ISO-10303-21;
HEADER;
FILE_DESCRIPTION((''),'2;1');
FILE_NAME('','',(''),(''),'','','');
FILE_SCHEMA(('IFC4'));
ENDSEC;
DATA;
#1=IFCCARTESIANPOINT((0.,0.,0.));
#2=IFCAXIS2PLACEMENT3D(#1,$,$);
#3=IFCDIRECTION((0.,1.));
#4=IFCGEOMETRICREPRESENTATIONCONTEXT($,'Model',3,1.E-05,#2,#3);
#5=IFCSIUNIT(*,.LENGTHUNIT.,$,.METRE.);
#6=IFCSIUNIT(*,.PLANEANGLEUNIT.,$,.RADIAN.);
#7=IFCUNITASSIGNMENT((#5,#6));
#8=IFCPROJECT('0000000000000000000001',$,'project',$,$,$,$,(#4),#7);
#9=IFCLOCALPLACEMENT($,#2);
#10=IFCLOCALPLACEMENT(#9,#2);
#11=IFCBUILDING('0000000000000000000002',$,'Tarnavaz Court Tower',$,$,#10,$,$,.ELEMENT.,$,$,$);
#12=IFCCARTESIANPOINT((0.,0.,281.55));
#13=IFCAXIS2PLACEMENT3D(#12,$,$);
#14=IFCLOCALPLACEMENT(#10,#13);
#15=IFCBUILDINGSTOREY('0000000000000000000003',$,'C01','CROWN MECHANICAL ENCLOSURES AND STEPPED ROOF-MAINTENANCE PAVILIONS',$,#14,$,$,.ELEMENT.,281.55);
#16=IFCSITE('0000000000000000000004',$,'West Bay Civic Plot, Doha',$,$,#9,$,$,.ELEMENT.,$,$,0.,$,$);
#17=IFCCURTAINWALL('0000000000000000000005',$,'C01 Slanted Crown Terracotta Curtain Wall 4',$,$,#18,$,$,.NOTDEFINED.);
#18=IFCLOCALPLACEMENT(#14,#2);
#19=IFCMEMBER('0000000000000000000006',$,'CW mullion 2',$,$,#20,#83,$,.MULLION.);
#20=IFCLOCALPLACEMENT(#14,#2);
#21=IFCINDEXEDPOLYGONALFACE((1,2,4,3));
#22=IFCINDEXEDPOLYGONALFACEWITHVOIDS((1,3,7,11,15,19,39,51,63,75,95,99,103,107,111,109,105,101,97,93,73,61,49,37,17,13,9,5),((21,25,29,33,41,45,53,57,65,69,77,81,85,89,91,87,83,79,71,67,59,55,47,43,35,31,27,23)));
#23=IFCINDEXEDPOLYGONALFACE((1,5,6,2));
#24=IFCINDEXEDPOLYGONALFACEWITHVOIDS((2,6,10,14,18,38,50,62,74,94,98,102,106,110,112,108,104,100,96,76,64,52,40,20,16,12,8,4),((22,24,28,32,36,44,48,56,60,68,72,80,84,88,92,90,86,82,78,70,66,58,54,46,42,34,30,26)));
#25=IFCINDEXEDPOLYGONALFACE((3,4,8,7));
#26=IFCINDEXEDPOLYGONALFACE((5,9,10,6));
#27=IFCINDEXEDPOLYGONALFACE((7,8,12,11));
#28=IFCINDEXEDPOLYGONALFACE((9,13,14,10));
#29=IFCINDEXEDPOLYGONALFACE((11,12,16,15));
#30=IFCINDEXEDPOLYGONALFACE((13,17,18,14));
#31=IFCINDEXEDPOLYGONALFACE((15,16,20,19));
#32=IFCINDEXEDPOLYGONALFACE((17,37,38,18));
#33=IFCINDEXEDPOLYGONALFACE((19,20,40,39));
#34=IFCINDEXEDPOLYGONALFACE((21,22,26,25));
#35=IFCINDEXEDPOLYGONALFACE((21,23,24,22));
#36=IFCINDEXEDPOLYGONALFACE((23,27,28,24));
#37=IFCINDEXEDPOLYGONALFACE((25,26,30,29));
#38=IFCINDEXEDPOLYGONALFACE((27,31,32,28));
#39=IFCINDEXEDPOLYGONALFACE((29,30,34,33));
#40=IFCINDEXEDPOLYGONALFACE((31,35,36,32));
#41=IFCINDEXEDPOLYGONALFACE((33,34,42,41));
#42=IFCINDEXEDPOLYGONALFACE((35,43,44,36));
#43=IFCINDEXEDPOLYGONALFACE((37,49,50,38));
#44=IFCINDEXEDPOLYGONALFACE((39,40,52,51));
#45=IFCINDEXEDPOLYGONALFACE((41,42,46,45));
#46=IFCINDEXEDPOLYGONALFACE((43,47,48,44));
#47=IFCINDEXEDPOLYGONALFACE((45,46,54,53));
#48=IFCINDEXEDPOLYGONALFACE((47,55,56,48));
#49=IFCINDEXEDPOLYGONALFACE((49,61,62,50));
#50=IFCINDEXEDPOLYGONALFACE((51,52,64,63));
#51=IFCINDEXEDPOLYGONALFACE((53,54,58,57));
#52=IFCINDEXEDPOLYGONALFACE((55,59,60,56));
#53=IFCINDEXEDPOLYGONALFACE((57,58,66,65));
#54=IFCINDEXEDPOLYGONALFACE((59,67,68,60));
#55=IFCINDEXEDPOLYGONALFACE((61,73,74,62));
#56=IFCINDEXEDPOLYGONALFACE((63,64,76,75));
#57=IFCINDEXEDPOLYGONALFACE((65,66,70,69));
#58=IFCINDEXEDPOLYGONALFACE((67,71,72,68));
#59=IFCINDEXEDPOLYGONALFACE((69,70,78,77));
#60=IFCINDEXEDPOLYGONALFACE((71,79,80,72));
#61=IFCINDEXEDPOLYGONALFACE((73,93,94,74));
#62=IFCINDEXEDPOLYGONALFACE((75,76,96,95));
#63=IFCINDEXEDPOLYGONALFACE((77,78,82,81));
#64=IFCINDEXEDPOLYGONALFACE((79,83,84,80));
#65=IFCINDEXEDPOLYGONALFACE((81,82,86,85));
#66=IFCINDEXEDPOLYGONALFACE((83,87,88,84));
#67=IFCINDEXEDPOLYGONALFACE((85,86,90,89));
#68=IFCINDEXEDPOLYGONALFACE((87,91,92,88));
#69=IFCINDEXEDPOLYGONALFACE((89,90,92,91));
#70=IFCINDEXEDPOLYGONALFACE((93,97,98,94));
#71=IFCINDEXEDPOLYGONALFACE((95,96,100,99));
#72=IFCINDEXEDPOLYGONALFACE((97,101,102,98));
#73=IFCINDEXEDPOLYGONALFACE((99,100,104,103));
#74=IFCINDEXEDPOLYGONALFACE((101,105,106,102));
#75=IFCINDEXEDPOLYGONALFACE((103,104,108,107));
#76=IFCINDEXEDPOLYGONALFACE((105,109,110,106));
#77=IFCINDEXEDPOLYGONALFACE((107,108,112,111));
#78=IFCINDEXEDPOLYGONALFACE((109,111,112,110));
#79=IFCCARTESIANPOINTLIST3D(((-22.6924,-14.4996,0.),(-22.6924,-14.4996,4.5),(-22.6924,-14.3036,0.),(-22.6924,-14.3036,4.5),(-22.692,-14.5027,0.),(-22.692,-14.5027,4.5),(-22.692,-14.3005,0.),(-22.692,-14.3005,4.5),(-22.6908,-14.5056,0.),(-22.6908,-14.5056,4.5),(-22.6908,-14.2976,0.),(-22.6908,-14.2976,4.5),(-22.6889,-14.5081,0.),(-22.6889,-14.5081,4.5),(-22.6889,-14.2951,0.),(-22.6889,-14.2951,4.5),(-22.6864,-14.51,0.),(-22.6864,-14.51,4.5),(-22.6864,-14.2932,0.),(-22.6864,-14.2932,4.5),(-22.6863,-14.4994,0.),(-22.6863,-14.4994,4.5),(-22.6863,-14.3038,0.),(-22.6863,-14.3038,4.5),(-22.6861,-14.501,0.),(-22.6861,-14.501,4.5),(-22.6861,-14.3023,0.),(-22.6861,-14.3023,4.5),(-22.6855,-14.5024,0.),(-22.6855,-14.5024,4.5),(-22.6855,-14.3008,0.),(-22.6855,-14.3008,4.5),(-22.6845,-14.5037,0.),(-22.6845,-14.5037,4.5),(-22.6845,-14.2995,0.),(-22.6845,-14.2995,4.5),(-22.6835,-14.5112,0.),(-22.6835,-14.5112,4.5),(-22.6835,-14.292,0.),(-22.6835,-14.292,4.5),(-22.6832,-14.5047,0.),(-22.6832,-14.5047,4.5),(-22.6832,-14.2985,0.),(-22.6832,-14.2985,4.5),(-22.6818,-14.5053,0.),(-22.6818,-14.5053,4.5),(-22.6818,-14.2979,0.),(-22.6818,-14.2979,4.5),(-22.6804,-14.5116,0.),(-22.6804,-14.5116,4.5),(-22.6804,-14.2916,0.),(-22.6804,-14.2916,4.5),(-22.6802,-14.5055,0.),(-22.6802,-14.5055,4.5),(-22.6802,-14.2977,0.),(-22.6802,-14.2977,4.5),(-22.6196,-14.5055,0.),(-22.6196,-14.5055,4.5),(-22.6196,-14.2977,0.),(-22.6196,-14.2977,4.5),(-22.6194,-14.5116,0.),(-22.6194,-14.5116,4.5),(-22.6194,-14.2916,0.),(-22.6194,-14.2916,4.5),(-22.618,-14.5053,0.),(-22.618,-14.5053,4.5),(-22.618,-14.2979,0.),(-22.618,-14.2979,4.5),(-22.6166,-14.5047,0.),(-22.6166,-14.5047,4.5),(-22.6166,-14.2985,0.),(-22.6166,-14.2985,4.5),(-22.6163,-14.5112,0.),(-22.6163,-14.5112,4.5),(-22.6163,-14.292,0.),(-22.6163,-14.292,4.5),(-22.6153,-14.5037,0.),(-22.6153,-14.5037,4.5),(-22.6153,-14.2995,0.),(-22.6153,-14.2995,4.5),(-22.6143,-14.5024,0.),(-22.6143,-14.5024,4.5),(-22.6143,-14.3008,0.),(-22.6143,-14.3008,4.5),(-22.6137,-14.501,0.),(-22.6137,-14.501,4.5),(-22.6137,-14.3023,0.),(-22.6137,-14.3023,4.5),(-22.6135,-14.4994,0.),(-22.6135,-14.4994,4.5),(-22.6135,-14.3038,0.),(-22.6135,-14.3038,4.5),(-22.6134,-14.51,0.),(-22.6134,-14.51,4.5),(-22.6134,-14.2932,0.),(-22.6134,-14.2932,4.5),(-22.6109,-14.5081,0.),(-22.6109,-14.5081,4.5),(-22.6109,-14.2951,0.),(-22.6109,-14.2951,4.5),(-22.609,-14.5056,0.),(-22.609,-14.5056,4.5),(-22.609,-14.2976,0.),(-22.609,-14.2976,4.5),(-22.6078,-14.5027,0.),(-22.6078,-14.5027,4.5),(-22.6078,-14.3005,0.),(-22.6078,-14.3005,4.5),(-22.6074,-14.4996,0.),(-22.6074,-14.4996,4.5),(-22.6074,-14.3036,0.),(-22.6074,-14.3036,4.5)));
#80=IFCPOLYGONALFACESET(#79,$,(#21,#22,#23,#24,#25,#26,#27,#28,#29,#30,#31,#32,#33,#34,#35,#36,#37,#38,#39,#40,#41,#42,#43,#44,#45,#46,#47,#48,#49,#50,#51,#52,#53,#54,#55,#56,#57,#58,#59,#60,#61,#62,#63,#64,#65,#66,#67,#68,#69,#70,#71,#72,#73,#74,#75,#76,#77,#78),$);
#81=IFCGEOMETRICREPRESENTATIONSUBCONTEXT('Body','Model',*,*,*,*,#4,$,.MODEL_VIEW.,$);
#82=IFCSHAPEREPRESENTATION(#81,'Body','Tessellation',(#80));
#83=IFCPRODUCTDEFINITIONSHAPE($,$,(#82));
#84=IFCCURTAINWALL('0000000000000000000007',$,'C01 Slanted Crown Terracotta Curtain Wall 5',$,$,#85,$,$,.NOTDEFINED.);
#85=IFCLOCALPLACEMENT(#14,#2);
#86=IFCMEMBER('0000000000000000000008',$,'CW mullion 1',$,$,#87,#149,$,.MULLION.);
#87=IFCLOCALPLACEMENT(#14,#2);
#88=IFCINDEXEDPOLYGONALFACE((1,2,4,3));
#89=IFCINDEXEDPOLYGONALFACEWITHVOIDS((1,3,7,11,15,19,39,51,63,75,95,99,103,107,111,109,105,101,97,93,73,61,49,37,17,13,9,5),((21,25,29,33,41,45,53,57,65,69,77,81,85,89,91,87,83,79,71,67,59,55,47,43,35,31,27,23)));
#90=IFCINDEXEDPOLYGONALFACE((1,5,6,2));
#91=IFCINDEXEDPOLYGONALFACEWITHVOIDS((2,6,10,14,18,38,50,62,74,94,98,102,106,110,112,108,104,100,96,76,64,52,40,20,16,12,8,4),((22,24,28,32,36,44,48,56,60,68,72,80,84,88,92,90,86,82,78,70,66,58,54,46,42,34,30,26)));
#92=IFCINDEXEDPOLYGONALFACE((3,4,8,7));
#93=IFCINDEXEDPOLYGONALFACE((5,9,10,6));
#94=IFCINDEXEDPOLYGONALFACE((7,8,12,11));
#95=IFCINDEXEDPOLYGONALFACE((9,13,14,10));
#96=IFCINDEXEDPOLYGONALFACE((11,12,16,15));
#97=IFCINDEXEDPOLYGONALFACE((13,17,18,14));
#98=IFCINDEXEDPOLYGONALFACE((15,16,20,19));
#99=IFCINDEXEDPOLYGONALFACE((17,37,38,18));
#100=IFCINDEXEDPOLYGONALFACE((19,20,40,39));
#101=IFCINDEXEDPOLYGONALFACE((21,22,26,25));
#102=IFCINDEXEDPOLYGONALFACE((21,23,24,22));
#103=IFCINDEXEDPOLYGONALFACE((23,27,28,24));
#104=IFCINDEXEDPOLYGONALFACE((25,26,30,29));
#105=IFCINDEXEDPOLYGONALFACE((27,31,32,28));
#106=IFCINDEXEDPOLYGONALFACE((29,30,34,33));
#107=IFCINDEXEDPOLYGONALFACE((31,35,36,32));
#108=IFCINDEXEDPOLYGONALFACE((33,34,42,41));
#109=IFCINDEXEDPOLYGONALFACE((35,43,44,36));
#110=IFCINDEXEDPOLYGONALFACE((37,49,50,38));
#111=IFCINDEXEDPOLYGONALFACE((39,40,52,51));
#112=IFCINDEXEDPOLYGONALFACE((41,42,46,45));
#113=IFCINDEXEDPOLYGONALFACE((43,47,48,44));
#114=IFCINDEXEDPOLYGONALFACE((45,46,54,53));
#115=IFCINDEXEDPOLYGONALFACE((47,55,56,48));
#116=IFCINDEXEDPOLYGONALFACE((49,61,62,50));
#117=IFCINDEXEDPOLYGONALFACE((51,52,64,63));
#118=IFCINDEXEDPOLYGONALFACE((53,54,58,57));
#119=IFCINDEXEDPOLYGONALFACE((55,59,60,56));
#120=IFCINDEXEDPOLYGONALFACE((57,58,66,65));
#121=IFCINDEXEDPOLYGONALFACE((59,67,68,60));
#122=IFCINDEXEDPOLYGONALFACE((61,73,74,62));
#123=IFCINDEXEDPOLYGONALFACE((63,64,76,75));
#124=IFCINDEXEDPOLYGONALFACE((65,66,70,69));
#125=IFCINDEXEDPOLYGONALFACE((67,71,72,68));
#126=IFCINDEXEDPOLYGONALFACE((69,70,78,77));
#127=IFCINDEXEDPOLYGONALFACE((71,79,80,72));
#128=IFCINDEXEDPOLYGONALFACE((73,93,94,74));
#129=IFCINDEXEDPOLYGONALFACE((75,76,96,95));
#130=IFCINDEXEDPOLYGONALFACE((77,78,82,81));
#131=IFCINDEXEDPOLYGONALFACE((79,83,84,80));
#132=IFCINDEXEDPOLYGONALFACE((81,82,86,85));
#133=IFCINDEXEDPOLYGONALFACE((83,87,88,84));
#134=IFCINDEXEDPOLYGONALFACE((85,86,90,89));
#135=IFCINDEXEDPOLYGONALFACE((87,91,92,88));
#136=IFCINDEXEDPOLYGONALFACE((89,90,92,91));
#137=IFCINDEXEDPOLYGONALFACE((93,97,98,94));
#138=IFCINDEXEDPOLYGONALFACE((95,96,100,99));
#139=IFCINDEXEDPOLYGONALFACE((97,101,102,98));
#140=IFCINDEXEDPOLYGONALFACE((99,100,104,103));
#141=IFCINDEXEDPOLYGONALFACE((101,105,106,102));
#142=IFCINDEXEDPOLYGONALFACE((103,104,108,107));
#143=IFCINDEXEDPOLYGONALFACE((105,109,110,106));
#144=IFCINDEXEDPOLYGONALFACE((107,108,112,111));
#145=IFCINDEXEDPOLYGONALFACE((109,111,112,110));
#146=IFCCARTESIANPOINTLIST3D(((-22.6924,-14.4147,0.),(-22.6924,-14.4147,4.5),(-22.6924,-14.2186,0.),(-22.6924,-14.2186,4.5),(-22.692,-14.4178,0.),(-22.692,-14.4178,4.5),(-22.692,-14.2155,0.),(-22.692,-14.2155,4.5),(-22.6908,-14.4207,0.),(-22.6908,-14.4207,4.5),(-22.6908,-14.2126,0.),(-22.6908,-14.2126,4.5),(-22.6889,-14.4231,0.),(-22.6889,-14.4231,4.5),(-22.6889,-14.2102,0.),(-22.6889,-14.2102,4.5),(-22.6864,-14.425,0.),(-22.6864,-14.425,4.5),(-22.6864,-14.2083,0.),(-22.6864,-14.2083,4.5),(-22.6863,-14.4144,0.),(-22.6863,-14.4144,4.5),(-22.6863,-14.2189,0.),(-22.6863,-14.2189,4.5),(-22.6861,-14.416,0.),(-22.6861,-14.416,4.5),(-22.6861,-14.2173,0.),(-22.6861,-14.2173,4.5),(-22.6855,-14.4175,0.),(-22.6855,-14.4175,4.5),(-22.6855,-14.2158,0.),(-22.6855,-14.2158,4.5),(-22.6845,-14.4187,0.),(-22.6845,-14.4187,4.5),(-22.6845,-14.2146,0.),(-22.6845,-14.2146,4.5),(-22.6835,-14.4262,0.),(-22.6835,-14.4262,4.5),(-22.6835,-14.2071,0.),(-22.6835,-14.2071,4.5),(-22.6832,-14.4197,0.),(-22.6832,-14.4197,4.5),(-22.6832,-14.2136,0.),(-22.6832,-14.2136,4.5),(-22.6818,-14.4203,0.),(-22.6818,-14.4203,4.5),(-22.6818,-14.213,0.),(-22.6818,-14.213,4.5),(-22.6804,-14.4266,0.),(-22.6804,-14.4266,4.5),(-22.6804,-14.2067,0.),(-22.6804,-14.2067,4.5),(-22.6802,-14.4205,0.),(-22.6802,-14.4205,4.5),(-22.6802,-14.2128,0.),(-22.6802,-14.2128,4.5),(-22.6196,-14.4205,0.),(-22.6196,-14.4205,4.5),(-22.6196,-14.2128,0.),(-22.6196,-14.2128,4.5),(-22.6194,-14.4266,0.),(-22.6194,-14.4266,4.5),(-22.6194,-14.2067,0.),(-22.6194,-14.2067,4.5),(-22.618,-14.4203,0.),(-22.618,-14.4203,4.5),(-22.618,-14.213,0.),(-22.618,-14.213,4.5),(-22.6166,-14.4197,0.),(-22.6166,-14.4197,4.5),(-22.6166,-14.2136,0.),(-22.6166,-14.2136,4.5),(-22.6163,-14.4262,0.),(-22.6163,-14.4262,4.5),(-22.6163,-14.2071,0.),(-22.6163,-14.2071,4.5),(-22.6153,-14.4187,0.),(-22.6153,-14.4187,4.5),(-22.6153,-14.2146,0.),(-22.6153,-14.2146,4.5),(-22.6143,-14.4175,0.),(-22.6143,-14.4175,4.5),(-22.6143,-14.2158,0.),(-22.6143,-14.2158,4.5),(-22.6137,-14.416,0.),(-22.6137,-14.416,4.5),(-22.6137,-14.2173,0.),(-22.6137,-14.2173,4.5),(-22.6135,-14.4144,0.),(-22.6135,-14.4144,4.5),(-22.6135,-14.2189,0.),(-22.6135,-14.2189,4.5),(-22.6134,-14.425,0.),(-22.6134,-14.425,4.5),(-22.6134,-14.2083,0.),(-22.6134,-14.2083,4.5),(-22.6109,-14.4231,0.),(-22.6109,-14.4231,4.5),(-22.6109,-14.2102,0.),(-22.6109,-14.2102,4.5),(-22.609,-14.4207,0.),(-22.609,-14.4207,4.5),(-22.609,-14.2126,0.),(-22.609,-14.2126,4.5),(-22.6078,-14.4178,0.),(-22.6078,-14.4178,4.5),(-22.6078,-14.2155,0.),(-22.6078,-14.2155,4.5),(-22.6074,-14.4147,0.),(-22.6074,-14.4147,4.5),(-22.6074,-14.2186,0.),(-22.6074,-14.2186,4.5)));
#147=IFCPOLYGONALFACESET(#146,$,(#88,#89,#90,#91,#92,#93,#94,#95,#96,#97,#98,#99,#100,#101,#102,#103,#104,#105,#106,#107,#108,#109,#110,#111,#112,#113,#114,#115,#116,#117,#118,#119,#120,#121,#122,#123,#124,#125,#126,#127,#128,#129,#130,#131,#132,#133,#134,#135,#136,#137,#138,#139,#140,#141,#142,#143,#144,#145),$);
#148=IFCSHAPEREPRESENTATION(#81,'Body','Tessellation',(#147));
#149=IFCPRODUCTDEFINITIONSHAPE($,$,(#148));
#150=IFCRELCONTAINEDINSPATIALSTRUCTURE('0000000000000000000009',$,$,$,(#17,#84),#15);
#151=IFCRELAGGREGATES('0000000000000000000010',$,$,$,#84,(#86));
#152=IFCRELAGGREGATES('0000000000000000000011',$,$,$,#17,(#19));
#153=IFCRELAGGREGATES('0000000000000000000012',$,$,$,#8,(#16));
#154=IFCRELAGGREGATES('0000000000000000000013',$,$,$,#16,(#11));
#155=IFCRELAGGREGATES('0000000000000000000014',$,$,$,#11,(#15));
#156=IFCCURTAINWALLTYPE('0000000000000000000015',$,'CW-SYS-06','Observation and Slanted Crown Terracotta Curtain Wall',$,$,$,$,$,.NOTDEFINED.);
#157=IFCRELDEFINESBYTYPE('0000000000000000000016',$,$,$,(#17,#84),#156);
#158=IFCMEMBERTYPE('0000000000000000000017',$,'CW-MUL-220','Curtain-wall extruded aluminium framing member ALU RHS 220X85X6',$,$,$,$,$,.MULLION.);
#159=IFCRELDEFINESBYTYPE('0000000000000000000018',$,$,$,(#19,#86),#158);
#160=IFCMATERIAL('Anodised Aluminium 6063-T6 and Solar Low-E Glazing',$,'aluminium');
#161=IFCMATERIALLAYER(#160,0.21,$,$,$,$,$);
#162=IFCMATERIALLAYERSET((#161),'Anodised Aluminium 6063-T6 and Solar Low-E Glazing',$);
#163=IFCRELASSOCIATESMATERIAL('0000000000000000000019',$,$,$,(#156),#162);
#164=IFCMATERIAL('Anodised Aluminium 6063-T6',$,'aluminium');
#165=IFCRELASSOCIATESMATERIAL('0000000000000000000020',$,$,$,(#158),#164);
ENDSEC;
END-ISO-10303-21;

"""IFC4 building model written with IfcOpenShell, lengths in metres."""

from ifc_helpers import new_model, si_unit, direction, frame, origin, origin_2d, place, context, subcontext, project, spatial, hollow_rectangle, extrude, material, layer, layer_set, material_profile, profile_set, type_object, element, aggregate, save


model = new_model("IFC4")

# Units and contexts
model_context = context("Model", 3, precision=1e-05, world=origin(), true_north=direction((0.0, 1.0)))
body_context = subcontext(model_context, "Body", "Model", "MODEL_VIEW")
ifc_project = project(units=[si_unit("LENGTHUNIT", "METRE"), si_unit("PLANEANGLEUNIT", "RADIAN")], contexts=[model_context])

# Site, building, storey
site_placement = place(None, origin())
site = spatial("IfcSite", under=ifc_project, at=site_placement, Name="West Bay Civic Plot, Doha", CompositionType="ELEMENT", RefElevation=0.0)
building_placement = place(site_placement, origin())
building = spatial("IfcBuilding", under=site, at=building_placement, Name="Tarnavaz Court Tower", CompositionType="ELEMENT")
storey_placement = place(building_placement, frame((0.0, 0.0, 281.55)))
storey = spatial("IfcBuildingStorey", under=building, at=storey_placement, Name="C01", Description="CROWN MECHANICAL ENCLOSURES AND STEPPED ROOF-MAINTENANCE PAVILIONS", CompositionType="ELEMENT", Elevation=281.55)

# Curtain wall, member
ifc_material_1 = material(Name="Anodised Aluminium 6063-T6 and Solar Low-E Glazing", Category="aluminium")
ifc_layer_1 = layer(ifc_material_1, 0.21)
ifc_layer_set_1 = layer_set([ifc_layer_1], Name="Anodised Aluminium 6063-T6 and Solar Low-E Glazing")
curtain_wall_type = type_object("IfcCurtainWallType", Name="CW-SYS-06", Description="Observation and Slanted Crown Terracotta Curtain Wall", PredefinedType="NOTDEFINED", material=ifc_layer_set_1)
ifc_material_2 = material(Name="Anodised Aluminium 6063-T6", Category="aluminium")
ifc_material_profile_1 = material_profile(ifc_material_2, hollow_rectangle(XDim=0.085, YDim=0.22, WallThickness=0.0061, InnerFilletRadius=0.0061, OuterFilletRadius=0.012, at=origin_2d()), Name="ALU RHS 220X85X6")
ifc_profile_set_1 = profile_set([ifc_material_profile_1], Name="Anodised Aluminium 6063-T6")
member_type_1 = type_object("IfcMemberType", Name="CW-MUL-220", Description="Curtain-wall extruded aluminium framing member ALU RHS 220X85X6", PredefinedType="MULLION", material=ifc_profile_set_1)
curtain_wall_1_placement = place(storey_placement, origin())
curtain_wall_1 = element("IfcCurtainWall", 1, at=curtain_wall_1_placement, inside=storey, type_object=curtain_wall_type, Name="C01 Slanted Crown Terracotta Curtain Wall 4", PredefinedType="NOTDEFINED")
member_1_placement = place(storey_placement, frame((-22.6499, -14.4016, 0.0), z_axis=(0.0, 0.0, 1.0), x_axis=(-1.0, 0.0, 0.0)))
member_1 = element("IfcMember", 2, at=member_1_placement, type_object=member_type_1, Name="CW mullion 2", PredefinedType="MULLION", context=body_context, shape_type="SweptSolid", body=[
    extrude(hollow_rectangle(XDim=0.085, YDim=0.22, WallThickness=0.0061, InnerFilletRadius=0.0061, OuterFilletRadius=0.012, at=origin_2d()), origin(), (0.0, 0.0, 1.0), 4.5),
])

# Curtain wall, member
curtain_wall_2_placement = place(storey_placement, origin())
curtain_wall_2 = element("IfcCurtainWall", 3, at=curtain_wall_2_placement, inside=storey, type_object=curtain_wall_type, Name="C01 Slanted Crown Terracotta Curtain Wall 5", PredefinedType="NOTDEFINED")
member_2_placement = place(storey_placement, frame((-22.6499, -14.3167, 0.0), z_axis=(0.0, 0.0, 1.0), x_axis=(-1.0, 0.0, 0.0)))
member_2 = element("IfcMember", 4, at=member_2_placement, type_object=member_type_1, Name="CW mullion 1", PredefinedType="MULLION", context=body_context, shape_type="SweptSolid", body=[
    extrude(hollow_rectangle(XDim=0.085, YDim=0.22, WallThickness=0.0061, InnerFilletRadius=0.0061, OuterFilletRadius=0.012, at=origin_2d()), origin(), (0.0, 0.0, 1.0), 4.5),
])

aggregate(curtain_wall_2, [member_2])

aggregate(curtain_wall_1, [member_1])

save(model, "model.ifc")
